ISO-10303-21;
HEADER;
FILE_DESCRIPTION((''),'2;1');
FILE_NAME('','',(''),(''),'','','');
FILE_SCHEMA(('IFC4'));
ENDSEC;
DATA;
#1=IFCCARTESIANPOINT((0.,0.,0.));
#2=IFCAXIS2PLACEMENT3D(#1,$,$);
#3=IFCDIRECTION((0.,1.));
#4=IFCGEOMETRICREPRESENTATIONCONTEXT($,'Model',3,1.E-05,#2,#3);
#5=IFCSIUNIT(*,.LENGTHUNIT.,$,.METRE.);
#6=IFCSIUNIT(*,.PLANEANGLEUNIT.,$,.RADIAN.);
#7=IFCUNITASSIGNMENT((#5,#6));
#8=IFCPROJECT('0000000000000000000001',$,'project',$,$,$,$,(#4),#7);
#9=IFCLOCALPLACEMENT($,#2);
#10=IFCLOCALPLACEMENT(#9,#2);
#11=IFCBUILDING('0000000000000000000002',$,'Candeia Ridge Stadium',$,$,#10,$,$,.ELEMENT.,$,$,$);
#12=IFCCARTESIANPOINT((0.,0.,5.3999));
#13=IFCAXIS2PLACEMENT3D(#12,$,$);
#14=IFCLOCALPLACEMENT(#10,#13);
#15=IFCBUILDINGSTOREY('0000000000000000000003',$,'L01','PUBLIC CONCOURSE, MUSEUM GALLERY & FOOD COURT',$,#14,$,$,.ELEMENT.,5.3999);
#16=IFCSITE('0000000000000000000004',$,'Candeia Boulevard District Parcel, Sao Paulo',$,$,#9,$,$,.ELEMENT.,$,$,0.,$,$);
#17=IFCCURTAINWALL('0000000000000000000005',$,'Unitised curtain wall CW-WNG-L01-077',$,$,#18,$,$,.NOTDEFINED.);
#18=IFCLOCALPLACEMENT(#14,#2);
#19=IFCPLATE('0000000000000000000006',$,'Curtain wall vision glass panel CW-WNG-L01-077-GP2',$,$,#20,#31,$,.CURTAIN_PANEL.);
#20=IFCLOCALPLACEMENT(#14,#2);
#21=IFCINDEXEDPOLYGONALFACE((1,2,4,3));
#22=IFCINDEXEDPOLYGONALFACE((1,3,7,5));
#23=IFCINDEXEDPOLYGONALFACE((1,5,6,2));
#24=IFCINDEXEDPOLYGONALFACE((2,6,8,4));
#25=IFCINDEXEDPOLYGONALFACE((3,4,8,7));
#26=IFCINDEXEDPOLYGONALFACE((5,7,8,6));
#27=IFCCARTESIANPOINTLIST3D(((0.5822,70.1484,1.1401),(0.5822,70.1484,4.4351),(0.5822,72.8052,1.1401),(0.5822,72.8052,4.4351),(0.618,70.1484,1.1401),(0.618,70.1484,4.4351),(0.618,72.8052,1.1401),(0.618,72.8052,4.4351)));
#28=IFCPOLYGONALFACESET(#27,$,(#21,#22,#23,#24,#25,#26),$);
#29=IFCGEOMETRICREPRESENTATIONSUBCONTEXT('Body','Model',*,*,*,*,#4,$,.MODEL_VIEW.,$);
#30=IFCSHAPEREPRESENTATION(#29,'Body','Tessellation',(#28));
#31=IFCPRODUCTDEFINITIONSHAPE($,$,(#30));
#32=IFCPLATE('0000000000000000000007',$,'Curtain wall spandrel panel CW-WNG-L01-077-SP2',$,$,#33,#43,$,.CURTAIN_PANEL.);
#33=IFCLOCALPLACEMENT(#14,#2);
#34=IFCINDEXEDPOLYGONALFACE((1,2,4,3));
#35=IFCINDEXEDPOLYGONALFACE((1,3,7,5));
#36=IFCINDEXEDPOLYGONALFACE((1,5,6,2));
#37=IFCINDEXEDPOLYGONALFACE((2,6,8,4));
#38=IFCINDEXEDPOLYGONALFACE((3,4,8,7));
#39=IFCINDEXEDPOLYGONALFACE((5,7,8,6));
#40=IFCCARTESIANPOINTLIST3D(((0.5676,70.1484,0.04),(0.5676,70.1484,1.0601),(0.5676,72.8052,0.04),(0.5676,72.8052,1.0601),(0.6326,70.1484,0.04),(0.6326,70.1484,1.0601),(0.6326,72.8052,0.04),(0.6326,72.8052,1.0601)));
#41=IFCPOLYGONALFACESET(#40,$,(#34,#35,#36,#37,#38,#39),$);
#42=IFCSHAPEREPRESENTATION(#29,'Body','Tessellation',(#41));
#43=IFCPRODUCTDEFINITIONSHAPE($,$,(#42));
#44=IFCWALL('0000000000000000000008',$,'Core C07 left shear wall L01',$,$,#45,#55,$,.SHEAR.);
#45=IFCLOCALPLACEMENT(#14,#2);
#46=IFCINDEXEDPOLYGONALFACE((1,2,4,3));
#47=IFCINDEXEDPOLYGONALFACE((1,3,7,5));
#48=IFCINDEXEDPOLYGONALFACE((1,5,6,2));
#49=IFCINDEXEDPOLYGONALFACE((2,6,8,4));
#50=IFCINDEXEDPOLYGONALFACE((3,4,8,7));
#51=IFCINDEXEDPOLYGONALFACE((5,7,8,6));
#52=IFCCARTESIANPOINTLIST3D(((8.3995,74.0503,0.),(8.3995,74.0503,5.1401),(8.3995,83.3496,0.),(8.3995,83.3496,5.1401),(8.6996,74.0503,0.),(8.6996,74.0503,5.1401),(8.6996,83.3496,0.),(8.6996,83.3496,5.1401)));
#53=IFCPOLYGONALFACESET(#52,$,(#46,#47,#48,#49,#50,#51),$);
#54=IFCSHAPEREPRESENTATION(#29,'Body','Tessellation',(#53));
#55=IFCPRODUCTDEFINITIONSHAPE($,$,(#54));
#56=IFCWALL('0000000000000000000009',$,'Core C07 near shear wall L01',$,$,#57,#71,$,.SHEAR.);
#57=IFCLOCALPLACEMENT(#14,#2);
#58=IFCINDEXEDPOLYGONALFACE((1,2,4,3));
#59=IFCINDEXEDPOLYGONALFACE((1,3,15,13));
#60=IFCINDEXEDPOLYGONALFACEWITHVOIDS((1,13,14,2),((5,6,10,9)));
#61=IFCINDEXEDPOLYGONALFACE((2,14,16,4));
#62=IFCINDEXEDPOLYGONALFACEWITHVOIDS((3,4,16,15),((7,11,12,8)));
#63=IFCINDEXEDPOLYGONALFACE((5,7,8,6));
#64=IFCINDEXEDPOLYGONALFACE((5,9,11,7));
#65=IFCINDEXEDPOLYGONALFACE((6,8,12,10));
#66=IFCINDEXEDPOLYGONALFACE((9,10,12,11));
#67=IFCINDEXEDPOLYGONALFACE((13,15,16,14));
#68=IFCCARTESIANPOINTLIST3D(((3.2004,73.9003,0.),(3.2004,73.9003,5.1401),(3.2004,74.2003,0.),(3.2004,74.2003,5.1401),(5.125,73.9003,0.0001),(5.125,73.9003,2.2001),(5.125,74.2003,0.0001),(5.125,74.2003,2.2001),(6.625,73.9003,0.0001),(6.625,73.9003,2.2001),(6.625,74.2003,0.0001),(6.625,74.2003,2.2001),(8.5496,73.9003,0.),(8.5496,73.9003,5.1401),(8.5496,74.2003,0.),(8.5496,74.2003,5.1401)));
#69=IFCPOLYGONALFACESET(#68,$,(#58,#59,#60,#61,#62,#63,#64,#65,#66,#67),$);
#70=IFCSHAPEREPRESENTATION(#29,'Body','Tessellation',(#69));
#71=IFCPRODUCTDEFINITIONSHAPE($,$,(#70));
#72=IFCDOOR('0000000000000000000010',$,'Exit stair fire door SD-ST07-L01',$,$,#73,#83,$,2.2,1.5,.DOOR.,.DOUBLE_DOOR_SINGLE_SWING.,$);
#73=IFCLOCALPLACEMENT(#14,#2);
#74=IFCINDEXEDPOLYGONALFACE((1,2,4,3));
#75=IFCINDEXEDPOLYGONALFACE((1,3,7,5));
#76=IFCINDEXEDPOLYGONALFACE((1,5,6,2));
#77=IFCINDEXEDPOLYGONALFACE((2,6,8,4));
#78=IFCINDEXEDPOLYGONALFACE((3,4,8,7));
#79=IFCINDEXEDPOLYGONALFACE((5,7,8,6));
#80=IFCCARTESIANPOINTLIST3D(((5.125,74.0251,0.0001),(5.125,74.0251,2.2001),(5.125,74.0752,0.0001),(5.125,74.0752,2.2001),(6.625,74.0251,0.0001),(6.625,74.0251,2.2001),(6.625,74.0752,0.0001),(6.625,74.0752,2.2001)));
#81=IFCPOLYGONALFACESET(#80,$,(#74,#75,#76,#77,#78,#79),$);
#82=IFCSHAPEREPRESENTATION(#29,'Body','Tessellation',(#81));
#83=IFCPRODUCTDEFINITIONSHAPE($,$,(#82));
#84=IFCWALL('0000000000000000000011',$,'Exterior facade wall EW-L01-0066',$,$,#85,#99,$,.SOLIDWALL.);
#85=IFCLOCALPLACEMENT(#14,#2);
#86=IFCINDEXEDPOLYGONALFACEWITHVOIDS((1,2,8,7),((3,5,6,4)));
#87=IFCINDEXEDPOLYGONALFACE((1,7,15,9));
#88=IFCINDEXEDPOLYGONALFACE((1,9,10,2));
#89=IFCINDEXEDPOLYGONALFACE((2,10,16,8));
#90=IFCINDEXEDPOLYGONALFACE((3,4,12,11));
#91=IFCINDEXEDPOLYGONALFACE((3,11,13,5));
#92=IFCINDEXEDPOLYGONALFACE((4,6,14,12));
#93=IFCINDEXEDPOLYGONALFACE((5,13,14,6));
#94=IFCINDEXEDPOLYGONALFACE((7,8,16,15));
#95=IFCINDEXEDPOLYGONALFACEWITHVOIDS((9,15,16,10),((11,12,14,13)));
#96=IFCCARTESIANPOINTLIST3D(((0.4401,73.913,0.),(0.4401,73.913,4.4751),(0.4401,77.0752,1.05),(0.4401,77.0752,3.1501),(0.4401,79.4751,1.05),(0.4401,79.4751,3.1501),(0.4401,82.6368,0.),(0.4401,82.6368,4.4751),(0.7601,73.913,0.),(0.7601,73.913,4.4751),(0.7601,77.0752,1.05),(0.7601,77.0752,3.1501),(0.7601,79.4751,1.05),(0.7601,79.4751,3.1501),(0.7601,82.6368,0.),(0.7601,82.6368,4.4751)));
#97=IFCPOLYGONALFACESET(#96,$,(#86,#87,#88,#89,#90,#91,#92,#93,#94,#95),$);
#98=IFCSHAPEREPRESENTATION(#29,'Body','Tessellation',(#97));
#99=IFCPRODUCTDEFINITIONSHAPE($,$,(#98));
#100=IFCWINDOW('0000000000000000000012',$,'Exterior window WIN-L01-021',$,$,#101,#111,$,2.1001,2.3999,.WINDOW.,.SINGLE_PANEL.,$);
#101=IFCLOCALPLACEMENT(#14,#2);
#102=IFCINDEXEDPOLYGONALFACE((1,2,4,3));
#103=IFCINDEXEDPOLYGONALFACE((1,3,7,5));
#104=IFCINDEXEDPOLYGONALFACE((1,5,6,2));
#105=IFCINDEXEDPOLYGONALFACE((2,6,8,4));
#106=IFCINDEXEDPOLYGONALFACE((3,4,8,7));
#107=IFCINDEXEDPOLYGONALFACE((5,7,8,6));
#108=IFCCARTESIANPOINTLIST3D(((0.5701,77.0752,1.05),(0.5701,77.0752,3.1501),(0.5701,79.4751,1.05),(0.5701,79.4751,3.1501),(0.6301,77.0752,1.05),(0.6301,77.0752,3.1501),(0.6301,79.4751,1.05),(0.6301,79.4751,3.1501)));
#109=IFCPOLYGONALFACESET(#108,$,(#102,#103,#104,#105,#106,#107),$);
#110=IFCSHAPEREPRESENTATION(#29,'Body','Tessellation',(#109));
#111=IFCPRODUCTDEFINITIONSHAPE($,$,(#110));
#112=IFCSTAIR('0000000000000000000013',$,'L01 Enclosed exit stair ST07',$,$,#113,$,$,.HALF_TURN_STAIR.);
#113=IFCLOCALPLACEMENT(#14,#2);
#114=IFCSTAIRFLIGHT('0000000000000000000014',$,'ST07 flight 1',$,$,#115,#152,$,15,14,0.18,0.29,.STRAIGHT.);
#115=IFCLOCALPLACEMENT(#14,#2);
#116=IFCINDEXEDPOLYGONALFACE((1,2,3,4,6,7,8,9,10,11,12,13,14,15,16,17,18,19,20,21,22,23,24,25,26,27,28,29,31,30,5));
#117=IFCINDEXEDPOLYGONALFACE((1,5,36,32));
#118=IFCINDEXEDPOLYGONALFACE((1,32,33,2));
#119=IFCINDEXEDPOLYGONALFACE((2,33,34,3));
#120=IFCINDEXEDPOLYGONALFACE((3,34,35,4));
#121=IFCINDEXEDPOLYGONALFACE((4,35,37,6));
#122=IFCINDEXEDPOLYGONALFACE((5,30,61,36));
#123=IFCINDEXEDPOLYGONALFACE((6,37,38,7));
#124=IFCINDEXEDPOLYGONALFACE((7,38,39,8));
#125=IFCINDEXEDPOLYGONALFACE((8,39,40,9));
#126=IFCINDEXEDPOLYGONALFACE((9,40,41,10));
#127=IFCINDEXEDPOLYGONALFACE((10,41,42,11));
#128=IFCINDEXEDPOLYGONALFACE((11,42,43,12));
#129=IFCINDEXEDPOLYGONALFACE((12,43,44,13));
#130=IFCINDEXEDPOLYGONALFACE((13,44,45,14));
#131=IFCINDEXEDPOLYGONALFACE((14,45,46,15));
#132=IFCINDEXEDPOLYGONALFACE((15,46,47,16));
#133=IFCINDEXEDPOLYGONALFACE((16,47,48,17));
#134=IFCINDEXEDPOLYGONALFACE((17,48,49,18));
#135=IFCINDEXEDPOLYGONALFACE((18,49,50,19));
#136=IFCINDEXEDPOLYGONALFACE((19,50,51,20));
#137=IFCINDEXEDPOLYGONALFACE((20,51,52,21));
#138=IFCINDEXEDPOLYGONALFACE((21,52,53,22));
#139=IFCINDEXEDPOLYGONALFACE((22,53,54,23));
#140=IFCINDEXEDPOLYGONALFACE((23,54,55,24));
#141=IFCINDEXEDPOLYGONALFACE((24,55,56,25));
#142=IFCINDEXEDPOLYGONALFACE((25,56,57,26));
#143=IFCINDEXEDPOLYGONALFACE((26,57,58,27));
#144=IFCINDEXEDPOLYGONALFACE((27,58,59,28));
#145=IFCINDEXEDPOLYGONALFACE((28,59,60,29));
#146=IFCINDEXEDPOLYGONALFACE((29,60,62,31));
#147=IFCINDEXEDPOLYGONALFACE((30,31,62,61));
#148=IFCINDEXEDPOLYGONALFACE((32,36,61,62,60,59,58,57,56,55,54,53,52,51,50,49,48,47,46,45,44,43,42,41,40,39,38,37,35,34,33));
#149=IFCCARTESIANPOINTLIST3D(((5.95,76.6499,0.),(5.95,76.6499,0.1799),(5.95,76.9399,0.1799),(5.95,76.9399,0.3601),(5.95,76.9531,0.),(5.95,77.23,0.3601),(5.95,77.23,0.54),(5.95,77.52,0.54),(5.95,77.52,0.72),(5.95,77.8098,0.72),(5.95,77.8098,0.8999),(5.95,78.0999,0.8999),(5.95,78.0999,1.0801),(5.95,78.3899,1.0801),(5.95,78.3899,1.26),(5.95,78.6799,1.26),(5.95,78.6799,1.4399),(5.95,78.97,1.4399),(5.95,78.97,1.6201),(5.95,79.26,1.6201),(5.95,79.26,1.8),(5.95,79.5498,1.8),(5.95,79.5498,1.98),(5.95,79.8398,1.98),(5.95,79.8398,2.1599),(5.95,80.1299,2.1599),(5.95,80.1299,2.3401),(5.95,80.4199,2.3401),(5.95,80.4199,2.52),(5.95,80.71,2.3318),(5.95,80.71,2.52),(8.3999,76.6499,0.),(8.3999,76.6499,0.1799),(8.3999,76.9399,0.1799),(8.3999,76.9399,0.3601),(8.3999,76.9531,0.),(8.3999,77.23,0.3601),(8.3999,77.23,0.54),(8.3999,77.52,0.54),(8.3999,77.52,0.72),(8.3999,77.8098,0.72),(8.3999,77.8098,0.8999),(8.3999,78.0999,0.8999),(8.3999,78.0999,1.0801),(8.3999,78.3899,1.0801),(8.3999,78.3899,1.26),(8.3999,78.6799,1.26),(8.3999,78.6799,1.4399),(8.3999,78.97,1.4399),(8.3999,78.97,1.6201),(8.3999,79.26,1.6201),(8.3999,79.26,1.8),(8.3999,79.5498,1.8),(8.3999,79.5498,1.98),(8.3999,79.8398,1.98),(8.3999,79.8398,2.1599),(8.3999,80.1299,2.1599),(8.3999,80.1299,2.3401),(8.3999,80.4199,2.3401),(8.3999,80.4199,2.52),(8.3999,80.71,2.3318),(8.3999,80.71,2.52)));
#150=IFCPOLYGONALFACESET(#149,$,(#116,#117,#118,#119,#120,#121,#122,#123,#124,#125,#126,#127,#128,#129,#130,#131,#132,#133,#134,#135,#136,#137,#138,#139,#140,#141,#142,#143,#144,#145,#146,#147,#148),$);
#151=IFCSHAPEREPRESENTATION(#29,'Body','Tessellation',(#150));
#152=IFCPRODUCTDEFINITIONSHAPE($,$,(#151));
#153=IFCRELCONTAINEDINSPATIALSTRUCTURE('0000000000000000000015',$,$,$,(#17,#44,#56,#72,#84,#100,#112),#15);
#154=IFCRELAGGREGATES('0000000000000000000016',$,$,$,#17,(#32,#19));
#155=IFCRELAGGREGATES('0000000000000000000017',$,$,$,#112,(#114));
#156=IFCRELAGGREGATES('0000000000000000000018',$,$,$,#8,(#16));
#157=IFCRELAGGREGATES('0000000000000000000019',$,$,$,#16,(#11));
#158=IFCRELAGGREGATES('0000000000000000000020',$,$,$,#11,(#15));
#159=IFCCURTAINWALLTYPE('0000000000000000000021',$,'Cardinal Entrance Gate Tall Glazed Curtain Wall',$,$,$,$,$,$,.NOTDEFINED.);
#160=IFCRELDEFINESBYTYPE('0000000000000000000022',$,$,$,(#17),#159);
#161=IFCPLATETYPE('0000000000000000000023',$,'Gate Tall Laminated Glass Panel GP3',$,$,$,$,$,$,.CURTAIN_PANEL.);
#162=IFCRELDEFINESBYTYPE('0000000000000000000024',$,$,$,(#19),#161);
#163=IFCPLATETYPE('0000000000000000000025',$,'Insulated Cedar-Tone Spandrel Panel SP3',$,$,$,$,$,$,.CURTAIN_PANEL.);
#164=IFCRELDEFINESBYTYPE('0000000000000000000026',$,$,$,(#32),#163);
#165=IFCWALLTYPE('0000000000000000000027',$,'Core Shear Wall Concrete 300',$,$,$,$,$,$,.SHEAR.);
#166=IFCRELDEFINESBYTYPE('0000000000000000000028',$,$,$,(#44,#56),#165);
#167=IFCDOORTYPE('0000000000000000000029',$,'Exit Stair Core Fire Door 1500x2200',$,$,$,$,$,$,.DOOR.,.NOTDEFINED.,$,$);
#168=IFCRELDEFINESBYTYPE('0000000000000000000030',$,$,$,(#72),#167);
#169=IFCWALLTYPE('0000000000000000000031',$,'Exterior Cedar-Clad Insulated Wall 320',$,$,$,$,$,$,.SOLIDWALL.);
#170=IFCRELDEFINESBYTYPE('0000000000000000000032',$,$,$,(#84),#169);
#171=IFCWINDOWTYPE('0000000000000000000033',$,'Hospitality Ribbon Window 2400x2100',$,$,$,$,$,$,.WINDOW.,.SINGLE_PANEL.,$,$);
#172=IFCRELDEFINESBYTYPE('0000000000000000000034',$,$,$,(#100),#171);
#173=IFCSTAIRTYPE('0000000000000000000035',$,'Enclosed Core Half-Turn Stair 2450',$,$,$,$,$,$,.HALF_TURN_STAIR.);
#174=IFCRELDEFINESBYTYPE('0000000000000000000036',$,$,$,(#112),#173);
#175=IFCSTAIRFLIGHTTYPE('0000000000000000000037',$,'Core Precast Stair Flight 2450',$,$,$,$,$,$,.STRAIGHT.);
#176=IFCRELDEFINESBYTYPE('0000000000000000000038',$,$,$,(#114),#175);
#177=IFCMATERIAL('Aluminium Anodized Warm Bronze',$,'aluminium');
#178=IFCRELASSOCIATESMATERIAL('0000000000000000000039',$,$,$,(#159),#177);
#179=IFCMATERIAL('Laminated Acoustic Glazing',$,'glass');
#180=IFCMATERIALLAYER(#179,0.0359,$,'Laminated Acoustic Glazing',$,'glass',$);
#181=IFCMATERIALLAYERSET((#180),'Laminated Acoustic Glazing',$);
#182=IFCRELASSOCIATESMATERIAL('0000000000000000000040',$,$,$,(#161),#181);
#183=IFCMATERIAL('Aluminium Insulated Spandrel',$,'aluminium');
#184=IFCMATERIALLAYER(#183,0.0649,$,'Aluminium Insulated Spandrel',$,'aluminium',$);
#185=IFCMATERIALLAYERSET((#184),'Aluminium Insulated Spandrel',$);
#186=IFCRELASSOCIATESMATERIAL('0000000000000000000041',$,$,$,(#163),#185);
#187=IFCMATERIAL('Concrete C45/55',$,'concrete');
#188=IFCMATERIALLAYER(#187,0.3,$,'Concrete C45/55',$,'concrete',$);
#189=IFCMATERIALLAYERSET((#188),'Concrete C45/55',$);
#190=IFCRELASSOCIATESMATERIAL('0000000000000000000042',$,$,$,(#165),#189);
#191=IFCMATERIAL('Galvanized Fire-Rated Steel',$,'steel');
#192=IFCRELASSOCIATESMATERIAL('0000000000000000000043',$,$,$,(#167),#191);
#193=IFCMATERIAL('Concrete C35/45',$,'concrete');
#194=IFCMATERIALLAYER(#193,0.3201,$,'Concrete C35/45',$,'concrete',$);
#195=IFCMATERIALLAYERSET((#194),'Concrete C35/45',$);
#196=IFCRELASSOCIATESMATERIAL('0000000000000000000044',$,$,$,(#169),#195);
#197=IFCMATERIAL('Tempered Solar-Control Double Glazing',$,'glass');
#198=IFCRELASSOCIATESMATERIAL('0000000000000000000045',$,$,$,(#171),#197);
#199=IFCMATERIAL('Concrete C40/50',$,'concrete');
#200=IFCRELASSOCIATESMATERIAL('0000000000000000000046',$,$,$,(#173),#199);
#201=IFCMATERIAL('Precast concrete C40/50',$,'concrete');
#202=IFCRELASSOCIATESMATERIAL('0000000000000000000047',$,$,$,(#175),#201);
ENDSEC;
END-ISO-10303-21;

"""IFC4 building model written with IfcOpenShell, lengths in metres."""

from ifc_helpers import new_model, si_unit, direction, frame, frame_2d, origin, origin_2d, place, context, subcontext, project, spatial, polyline, rectangle, outline, extrude, material, layer, layer_set, type_object, element, fill, aggregate, save


model = new_model("IFC4")

# Units and contexts
model_context = context("Model", 3, precision=1e-05, world=origin(), true_north=direction((0.0, 1.0)))
body_context = subcontext(model_context, "Body", "Model", "MODEL_VIEW")
ifc_project = project(units=[si_unit("LENGTHUNIT", "METRE"), si_unit("PLANEANGLEUNIT", "RADIAN")], contexts=[model_context])

# Site, building, storey
site_placement = place(None, origin())
site = spatial("IfcSite", under=ifc_project, at=site_placement, Name="Candeia Boulevard District Parcel, Sao Paulo", CompositionType="ELEMENT", RefElevation=0.0)
building_placement = place(site_placement, origin())
building = spatial("IfcBuilding", under=site, at=building_placement, Name="Candeia Ridge Stadium", CompositionType="ELEMENT")
storey_placement = place(building_placement, frame((0.0, 0.0, 5.3999)))
storey = spatial("IfcBuildingStorey", under=building, at=storey_placement, Name="L01", Description="PUBLIC CONCOURSE, MUSEUM GALLERY & FOOD COURT", CompositionType="ELEMENT", Elevation=5.3999)

# Shared definitions
ifc_material_1 = material(Name="Concrete C40/50", Category="concrete")
ifc_material_2 = material(Name="Concrete C45/55", Category="concrete")

# Curtain wall
ifc_material_3 = material(Name="Aluminium Anodized Warm Bronze", Category="aluminium")
curtain_wall_type = type_object("IfcCurtainWallType", Name="Cardinal Entrance Gate Tall Glazed Curtain Wall", PredefinedType="NOTDEFINED", material=ifc_material_3)
curtain_wall_placement = place(storey_placement, origin())
curtain_wall = element("IfcCurtainWall", 1, at=curtain_wall_placement, inside=storey, type_object=curtain_wall_type, Name="Unitised curtain wall CW-WNG-L01-077", PredefinedType="NOTDEFINED")

# Plates
ifc_material_4 = material(Name="Laminated Acoustic Glazing", Category="glass")
ifc_layer_1 = layer(ifc_material_4, 0.0359, Name="Laminated Acoustic Glazing", Category="glass")
ifc_layer_set_1 = layer_set([ifc_layer_1], Name="Laminated Acoustic Glazing")
plate_type_1 = type_object("IfcPlateType", Name="Gate Tall Laminated Glass Panel GP3", PredefinedType="CURTAIN_PANEL", material=ifc_layer_set_1)
plate_1_placement = place(storey_placement, frame((0.6001, 71.4768, 1.1401), z_axis=(0.0, 0.0, 1.0), x_axis=(0.0, 1.0, 0.0)))
plate_1 = element("IfcPlate", 2, at=plate_1_placement, type_object=plate_type_1, Name="Curtain wall vision glass panel CW-WNG-L01-077-GP2", PredefinedType="CURTAIN_PANEL", context=body_context, shape_type="SweptSolid", body=[
    extrude(rectangle(XDim=2.6567, YDim=0.0359, at=origin_2d()), origin(), (0.0, 0.0, 1.0), 3.2949),
])
ifc_material_5 = material(Name="Aluminium Insulated Spandrel", Category="aluminium")
ifc_layer_2 = layer(ifc_material_5, 0.0649, Name="Aluminium Insulated Spandrel", Category="aluminium")
ifc_layer_set_2 = layer_set([ifc_layer_2], Name="Aluminium Insulated Spandrel")
plate_type_2 = type_object("IfcPlateType", Name="Insulated Cedar-Tone Spandrel Panel SP3", PredefinedType="CURTAIN_PANEL", material=ifc_layer_set_2)
plate_2_placement = place(storey_placement, frame((0.6001, 71.4768, 0.04), z_axis=(0.0, 0.0, 1.0), x_axis=(0.0, 1.0, 0.0)))
plate_2 = element("IfcPlate", 3, at=plate_2_placement, type_object=plate_type_2, Name="Curtain wall spandrel panel CW-WNG-L01-077-SP2", PredefinedType="CURTAIN_PANEL", context=body_context, shape_type="SweptSolid", body=[
    extrude(rectangle(XDim=2.6567, YDim=0.0649, at=origin_2d()), origin(), (0.0, 0.0, 1.0), 1.02),
])
aggregate(curtain_wall, [plate_2, plate_1])

# Wall
ifc_layer_3 = layer(ifc_material_2, 0.3, Name="Concrete C45/55", Category="concrete")
ifc_layer_set_3 = layer_set([ifc_layer_3], Name="Concrete C45/55")
wall_type_1 = type_object("IfcWallType", Name="Core Shear Wall Concrete 300", PredefinedType="SHEAR", material=ifc_layer_set_3)
wall_1_placement = place(storey_placement, frame((8.5496, 74.0503, 0.0), z_axis=(0.0, 0.0, 1.0), x_axis=(0.0, 1.0, 0.0)))
element("IfcWall", 4, at=wall_1_placement, inside=storey, type_object=wall_type_1, Name="Core C07 left shear wall L01", PredefinedType="SHEAR", context=body_context, shape_type="SweptSolid", body=[
    extrude(rectangle(XDim=9.2993, YDim=0.3, at=frame_2d((4.6497, 0.0))), origin(), (0.0, 0.0, 1.0), 5.1401),
])

# Wall, opening, door
wall_2_placement = place(storey_placement, frame((3.2004, 74.0503, 0.0), z_axis=(0.0, 0.0, 1.0), x_axis=(1.0, 0.0, 0.0)))
wall_2 = element("IfcWall", 5, at=wall_2_placement, inside=storey, type_object=wall_type_1, Name="Core C07 near shear wall L01", PredefinedType="SHEAR", context=body_context, shape_type="SweptSolid", body=[
    extrude(rectangle(XDim=5.3491, YDim=0.3, at=frame_2d((2.6746, 0.0))), origin(), (0.0, 0.0, 1.0), 5.1401),
])
opening_1_placement = place(wall_2_placement, frame((1.9246, 0.0, 0.0)))
opening_1 = element("IfcOpeningElement", 6, at=opening_1_placement, cuts=wall_2, PredefinedType="OPENING", context=body_context, shape_type="SweptSolid", body=[
    extrude(rectangle(XDim=1.5, YDim=2.2, at=frame_2d((0.75, 1.1001))), frame((0.0, 0.1599, 0.0), z_axis=(0.0, -1.0, 0.0), x_axis=(1.0, 0.0, 0.0)), (0.0, 0.0, 1.0), 0.3201),
])
ifc_material_6 = material(Name="Galvanized Fire-Rated Steel", Category="steel")
door_type = type_object("IfcDoorType", Name="Exit Stair Core Fire Door 1500x2200", OperationType="NOTDEFINED", PredefinedType="DOOR", material=ifc_material_6)
door_placement = place(opening_1_placement, origin())
door = element("IfcDoor", 7, at=door_placement, inside=storey, type_object=door_type, Name="Exit stair fire door SD-ST07-L01", OperationType="DOUBLE_DOOR_SINGLE_SWING", OverallHeight=2.2, OverallWidth=1.5, PredefinedType="DOOR", context=body_context, shape_type="SweptSolid", body=[
    extrude(rectangle(XDim=1.5, YDim=2.2, at=frame_2d((0.75, 1.1001))), frame((0.0, 0.0249, 0.0), z_axis=(0.0, -1.0, 0.0), x_axis=(1.0, 0.0, 0.0)), (0.0, 0.0, 1.0), 0.05),
])
fill(opening_1, door)

# Wall, opening, window
ifc_material_7 = material(Name="Concrete C35/45", Category="concrete")
ifc_layer_4 = layer(ifc_material_7, 0.3201, Name="Concrete C35/45", Category="concrete")
ifc_layer_set_4 = layer_set([ifc_layer_4], Name="Concrete C35/45")
wall_type_2 = type_object("IfcWallType", Name="Exterior Cedar-Clad Insulated Wall 320", PredefinedType="SOLIDWALL", material=ifc_layer_set_4)
wall_3_placement = place(storey_placement, frame((0.6001, 73.9131, 0.0), z_axis=(0.0, 0.0, 1.0), x_axis=(0.0, 1.0, 0.0)))
wall_3 = element("IfcWall", 8, at=wall_3_placement, inside=storey, type_object=wall_type_2, Name="Exterior facade wall EW-L01-0066", PredefinedType="SOLIDWALL", context=body_context, shape_type="SweptSolid", body=[
    extrude(rectangle(XDim=8.7239, YDim=0.3201, at=frame_2d((4.3618, 0.0))), origin(), (0.0, 0.0, 1.0), 4.4751),
])
opening_2_placement = place(wall_3_placement, frame((3.1621, 0.0, 1.05)))
opening_2 = element("IfcOpeningElement", 9, at=opening_2_placement, cuts=wall_3, PredefinedType="OPENING", context=body_context, shape_type="SweptSolid", body=[
    extrude(rectangle(XDim=2.3999, YDim=2.1001, at=frame_2d((1.2, 1.05))), frame((0.0, 0.1699, 0.0), z_axis=(0.0, -1.0, 0.0), x_axis=(1.0, 0.0, 0.0)), (0.0, 0.0, 1.0), 0.3401),
])
ifc_material_8 = material(Name="Tempered Solar-Control Double Glazing", Category="glass")
window_type = type_object("IfcWindowType", Name="Hospitality Ribbon Window 2400x2100", PartitioningType="SINGLE_PANEL", PredefinedType="WINDOW", material=ifc_material_8)
window_placement = place(opening_2_placement, origin())
window = element("IfcWindow", 10, at=window_placement, inside=storey, type_object=window_type, Name="Exterior window WIN-L01-021", OverallHeight=2.1001, OverallWidth=2.3999, PartitioningType="SINGLE_PANEL", PredefinedType="WINDOW", context=body_context, shape_type="SweptSolid", body=[
    extrude(rectangle(XDim=2.3999, YDim=2.1001, at=frame_2d((1.2, 1.05))), frame((0.0, 0.03, 0.0), z_axis=(0.0, -1.0, 0.0), x_axis=(1.0, 0.0, 0.0)), (0.0, 0.0, 1.0), 0.0601),
])
fill(opening_2, window)

# Stair, stair flight
stair_type = type_object("IfcStairType", Name="Enclosed Core Half-Turn Stair 2450", PredefinedType="HALF_TURN_STAIR", material=ifc_material_1)
stair_placement = place(storey_placement, origin())
stair = element("IfcStair", 11, at=stair_placement, inside=storey, type_object=stair_type, Name="L01 Enclosed exit stair ST07", PredefinedType="HALF_TURN_STAIR")
ifc_material_9 = material(Name="Precast concrete C40/50", Category="concrete")
stair_flight_type = type_object("IfcStairFlightType", Name="Core Precast Stair Flight 2450", PredefinedType="STRAIGHT", material=ifc_material_9)
stair_flight_placement = place(storey_placement, frame((7.175, 76.6499, 0.0), z_axis=(0.0, 0.0, 1.0), x_axis=(0.0, 1.0, 0.0)))
stair_flight = element("IfcStairFlight", 12, at=stair_flight_placement, type_object=stair_flight_type, Name="ST07 flight 1", NumberOfRisers=15, NumberOfTreads=14, PredefinedType="STRAIGHT", RiserHeight=0.18, TreadLength=0.29, context=body_context, shape_type="SweptSolid", body=[
    extrude(outline(polyline([(0.0, 0.0), (0.0, 0.1799), (0.29, 0.1799), (0.29, 0.3601), (0.5801, 0.3601), (0.5801, 0.54), (0.8701, 0.54), (0.8701, 0.72), (1.1599, 0.72), (1.1599, 0.8999), (1.45, 0.8999), (1.45, 1.0801), (1.74, 1.0801), (1.74, 1.26), (2.03, 1.26), (2.03, 1.4399), (2.3201, 1.4399), (2.3201, 1.6201), (2.6101, 1.6201), (2.6101, 1.8), (2.8999, 1.8), (2.8999, 1.98), (3.1899, 1.98), (3.1899, 2.1599), (3.48, 2.1599), (3.48, 2.3401), (3.77, 2.3401), (3.77, 2.52), (4.0601, 2.52), (4.0601, 2.7), (4.0601, 2.3318), (0.3032, 0.0), (0.0, 0.0)])), frame((0.0, 1.2251, 0.0), z_axis=(0.0, -1.0, 0.0), x_axis=(1.0, 0.0, 0.0)), (0.0, 0.0, 1.0), 2.45),
])
aggregate(stair, [stair_flight])

save(model, "model.ifc")
